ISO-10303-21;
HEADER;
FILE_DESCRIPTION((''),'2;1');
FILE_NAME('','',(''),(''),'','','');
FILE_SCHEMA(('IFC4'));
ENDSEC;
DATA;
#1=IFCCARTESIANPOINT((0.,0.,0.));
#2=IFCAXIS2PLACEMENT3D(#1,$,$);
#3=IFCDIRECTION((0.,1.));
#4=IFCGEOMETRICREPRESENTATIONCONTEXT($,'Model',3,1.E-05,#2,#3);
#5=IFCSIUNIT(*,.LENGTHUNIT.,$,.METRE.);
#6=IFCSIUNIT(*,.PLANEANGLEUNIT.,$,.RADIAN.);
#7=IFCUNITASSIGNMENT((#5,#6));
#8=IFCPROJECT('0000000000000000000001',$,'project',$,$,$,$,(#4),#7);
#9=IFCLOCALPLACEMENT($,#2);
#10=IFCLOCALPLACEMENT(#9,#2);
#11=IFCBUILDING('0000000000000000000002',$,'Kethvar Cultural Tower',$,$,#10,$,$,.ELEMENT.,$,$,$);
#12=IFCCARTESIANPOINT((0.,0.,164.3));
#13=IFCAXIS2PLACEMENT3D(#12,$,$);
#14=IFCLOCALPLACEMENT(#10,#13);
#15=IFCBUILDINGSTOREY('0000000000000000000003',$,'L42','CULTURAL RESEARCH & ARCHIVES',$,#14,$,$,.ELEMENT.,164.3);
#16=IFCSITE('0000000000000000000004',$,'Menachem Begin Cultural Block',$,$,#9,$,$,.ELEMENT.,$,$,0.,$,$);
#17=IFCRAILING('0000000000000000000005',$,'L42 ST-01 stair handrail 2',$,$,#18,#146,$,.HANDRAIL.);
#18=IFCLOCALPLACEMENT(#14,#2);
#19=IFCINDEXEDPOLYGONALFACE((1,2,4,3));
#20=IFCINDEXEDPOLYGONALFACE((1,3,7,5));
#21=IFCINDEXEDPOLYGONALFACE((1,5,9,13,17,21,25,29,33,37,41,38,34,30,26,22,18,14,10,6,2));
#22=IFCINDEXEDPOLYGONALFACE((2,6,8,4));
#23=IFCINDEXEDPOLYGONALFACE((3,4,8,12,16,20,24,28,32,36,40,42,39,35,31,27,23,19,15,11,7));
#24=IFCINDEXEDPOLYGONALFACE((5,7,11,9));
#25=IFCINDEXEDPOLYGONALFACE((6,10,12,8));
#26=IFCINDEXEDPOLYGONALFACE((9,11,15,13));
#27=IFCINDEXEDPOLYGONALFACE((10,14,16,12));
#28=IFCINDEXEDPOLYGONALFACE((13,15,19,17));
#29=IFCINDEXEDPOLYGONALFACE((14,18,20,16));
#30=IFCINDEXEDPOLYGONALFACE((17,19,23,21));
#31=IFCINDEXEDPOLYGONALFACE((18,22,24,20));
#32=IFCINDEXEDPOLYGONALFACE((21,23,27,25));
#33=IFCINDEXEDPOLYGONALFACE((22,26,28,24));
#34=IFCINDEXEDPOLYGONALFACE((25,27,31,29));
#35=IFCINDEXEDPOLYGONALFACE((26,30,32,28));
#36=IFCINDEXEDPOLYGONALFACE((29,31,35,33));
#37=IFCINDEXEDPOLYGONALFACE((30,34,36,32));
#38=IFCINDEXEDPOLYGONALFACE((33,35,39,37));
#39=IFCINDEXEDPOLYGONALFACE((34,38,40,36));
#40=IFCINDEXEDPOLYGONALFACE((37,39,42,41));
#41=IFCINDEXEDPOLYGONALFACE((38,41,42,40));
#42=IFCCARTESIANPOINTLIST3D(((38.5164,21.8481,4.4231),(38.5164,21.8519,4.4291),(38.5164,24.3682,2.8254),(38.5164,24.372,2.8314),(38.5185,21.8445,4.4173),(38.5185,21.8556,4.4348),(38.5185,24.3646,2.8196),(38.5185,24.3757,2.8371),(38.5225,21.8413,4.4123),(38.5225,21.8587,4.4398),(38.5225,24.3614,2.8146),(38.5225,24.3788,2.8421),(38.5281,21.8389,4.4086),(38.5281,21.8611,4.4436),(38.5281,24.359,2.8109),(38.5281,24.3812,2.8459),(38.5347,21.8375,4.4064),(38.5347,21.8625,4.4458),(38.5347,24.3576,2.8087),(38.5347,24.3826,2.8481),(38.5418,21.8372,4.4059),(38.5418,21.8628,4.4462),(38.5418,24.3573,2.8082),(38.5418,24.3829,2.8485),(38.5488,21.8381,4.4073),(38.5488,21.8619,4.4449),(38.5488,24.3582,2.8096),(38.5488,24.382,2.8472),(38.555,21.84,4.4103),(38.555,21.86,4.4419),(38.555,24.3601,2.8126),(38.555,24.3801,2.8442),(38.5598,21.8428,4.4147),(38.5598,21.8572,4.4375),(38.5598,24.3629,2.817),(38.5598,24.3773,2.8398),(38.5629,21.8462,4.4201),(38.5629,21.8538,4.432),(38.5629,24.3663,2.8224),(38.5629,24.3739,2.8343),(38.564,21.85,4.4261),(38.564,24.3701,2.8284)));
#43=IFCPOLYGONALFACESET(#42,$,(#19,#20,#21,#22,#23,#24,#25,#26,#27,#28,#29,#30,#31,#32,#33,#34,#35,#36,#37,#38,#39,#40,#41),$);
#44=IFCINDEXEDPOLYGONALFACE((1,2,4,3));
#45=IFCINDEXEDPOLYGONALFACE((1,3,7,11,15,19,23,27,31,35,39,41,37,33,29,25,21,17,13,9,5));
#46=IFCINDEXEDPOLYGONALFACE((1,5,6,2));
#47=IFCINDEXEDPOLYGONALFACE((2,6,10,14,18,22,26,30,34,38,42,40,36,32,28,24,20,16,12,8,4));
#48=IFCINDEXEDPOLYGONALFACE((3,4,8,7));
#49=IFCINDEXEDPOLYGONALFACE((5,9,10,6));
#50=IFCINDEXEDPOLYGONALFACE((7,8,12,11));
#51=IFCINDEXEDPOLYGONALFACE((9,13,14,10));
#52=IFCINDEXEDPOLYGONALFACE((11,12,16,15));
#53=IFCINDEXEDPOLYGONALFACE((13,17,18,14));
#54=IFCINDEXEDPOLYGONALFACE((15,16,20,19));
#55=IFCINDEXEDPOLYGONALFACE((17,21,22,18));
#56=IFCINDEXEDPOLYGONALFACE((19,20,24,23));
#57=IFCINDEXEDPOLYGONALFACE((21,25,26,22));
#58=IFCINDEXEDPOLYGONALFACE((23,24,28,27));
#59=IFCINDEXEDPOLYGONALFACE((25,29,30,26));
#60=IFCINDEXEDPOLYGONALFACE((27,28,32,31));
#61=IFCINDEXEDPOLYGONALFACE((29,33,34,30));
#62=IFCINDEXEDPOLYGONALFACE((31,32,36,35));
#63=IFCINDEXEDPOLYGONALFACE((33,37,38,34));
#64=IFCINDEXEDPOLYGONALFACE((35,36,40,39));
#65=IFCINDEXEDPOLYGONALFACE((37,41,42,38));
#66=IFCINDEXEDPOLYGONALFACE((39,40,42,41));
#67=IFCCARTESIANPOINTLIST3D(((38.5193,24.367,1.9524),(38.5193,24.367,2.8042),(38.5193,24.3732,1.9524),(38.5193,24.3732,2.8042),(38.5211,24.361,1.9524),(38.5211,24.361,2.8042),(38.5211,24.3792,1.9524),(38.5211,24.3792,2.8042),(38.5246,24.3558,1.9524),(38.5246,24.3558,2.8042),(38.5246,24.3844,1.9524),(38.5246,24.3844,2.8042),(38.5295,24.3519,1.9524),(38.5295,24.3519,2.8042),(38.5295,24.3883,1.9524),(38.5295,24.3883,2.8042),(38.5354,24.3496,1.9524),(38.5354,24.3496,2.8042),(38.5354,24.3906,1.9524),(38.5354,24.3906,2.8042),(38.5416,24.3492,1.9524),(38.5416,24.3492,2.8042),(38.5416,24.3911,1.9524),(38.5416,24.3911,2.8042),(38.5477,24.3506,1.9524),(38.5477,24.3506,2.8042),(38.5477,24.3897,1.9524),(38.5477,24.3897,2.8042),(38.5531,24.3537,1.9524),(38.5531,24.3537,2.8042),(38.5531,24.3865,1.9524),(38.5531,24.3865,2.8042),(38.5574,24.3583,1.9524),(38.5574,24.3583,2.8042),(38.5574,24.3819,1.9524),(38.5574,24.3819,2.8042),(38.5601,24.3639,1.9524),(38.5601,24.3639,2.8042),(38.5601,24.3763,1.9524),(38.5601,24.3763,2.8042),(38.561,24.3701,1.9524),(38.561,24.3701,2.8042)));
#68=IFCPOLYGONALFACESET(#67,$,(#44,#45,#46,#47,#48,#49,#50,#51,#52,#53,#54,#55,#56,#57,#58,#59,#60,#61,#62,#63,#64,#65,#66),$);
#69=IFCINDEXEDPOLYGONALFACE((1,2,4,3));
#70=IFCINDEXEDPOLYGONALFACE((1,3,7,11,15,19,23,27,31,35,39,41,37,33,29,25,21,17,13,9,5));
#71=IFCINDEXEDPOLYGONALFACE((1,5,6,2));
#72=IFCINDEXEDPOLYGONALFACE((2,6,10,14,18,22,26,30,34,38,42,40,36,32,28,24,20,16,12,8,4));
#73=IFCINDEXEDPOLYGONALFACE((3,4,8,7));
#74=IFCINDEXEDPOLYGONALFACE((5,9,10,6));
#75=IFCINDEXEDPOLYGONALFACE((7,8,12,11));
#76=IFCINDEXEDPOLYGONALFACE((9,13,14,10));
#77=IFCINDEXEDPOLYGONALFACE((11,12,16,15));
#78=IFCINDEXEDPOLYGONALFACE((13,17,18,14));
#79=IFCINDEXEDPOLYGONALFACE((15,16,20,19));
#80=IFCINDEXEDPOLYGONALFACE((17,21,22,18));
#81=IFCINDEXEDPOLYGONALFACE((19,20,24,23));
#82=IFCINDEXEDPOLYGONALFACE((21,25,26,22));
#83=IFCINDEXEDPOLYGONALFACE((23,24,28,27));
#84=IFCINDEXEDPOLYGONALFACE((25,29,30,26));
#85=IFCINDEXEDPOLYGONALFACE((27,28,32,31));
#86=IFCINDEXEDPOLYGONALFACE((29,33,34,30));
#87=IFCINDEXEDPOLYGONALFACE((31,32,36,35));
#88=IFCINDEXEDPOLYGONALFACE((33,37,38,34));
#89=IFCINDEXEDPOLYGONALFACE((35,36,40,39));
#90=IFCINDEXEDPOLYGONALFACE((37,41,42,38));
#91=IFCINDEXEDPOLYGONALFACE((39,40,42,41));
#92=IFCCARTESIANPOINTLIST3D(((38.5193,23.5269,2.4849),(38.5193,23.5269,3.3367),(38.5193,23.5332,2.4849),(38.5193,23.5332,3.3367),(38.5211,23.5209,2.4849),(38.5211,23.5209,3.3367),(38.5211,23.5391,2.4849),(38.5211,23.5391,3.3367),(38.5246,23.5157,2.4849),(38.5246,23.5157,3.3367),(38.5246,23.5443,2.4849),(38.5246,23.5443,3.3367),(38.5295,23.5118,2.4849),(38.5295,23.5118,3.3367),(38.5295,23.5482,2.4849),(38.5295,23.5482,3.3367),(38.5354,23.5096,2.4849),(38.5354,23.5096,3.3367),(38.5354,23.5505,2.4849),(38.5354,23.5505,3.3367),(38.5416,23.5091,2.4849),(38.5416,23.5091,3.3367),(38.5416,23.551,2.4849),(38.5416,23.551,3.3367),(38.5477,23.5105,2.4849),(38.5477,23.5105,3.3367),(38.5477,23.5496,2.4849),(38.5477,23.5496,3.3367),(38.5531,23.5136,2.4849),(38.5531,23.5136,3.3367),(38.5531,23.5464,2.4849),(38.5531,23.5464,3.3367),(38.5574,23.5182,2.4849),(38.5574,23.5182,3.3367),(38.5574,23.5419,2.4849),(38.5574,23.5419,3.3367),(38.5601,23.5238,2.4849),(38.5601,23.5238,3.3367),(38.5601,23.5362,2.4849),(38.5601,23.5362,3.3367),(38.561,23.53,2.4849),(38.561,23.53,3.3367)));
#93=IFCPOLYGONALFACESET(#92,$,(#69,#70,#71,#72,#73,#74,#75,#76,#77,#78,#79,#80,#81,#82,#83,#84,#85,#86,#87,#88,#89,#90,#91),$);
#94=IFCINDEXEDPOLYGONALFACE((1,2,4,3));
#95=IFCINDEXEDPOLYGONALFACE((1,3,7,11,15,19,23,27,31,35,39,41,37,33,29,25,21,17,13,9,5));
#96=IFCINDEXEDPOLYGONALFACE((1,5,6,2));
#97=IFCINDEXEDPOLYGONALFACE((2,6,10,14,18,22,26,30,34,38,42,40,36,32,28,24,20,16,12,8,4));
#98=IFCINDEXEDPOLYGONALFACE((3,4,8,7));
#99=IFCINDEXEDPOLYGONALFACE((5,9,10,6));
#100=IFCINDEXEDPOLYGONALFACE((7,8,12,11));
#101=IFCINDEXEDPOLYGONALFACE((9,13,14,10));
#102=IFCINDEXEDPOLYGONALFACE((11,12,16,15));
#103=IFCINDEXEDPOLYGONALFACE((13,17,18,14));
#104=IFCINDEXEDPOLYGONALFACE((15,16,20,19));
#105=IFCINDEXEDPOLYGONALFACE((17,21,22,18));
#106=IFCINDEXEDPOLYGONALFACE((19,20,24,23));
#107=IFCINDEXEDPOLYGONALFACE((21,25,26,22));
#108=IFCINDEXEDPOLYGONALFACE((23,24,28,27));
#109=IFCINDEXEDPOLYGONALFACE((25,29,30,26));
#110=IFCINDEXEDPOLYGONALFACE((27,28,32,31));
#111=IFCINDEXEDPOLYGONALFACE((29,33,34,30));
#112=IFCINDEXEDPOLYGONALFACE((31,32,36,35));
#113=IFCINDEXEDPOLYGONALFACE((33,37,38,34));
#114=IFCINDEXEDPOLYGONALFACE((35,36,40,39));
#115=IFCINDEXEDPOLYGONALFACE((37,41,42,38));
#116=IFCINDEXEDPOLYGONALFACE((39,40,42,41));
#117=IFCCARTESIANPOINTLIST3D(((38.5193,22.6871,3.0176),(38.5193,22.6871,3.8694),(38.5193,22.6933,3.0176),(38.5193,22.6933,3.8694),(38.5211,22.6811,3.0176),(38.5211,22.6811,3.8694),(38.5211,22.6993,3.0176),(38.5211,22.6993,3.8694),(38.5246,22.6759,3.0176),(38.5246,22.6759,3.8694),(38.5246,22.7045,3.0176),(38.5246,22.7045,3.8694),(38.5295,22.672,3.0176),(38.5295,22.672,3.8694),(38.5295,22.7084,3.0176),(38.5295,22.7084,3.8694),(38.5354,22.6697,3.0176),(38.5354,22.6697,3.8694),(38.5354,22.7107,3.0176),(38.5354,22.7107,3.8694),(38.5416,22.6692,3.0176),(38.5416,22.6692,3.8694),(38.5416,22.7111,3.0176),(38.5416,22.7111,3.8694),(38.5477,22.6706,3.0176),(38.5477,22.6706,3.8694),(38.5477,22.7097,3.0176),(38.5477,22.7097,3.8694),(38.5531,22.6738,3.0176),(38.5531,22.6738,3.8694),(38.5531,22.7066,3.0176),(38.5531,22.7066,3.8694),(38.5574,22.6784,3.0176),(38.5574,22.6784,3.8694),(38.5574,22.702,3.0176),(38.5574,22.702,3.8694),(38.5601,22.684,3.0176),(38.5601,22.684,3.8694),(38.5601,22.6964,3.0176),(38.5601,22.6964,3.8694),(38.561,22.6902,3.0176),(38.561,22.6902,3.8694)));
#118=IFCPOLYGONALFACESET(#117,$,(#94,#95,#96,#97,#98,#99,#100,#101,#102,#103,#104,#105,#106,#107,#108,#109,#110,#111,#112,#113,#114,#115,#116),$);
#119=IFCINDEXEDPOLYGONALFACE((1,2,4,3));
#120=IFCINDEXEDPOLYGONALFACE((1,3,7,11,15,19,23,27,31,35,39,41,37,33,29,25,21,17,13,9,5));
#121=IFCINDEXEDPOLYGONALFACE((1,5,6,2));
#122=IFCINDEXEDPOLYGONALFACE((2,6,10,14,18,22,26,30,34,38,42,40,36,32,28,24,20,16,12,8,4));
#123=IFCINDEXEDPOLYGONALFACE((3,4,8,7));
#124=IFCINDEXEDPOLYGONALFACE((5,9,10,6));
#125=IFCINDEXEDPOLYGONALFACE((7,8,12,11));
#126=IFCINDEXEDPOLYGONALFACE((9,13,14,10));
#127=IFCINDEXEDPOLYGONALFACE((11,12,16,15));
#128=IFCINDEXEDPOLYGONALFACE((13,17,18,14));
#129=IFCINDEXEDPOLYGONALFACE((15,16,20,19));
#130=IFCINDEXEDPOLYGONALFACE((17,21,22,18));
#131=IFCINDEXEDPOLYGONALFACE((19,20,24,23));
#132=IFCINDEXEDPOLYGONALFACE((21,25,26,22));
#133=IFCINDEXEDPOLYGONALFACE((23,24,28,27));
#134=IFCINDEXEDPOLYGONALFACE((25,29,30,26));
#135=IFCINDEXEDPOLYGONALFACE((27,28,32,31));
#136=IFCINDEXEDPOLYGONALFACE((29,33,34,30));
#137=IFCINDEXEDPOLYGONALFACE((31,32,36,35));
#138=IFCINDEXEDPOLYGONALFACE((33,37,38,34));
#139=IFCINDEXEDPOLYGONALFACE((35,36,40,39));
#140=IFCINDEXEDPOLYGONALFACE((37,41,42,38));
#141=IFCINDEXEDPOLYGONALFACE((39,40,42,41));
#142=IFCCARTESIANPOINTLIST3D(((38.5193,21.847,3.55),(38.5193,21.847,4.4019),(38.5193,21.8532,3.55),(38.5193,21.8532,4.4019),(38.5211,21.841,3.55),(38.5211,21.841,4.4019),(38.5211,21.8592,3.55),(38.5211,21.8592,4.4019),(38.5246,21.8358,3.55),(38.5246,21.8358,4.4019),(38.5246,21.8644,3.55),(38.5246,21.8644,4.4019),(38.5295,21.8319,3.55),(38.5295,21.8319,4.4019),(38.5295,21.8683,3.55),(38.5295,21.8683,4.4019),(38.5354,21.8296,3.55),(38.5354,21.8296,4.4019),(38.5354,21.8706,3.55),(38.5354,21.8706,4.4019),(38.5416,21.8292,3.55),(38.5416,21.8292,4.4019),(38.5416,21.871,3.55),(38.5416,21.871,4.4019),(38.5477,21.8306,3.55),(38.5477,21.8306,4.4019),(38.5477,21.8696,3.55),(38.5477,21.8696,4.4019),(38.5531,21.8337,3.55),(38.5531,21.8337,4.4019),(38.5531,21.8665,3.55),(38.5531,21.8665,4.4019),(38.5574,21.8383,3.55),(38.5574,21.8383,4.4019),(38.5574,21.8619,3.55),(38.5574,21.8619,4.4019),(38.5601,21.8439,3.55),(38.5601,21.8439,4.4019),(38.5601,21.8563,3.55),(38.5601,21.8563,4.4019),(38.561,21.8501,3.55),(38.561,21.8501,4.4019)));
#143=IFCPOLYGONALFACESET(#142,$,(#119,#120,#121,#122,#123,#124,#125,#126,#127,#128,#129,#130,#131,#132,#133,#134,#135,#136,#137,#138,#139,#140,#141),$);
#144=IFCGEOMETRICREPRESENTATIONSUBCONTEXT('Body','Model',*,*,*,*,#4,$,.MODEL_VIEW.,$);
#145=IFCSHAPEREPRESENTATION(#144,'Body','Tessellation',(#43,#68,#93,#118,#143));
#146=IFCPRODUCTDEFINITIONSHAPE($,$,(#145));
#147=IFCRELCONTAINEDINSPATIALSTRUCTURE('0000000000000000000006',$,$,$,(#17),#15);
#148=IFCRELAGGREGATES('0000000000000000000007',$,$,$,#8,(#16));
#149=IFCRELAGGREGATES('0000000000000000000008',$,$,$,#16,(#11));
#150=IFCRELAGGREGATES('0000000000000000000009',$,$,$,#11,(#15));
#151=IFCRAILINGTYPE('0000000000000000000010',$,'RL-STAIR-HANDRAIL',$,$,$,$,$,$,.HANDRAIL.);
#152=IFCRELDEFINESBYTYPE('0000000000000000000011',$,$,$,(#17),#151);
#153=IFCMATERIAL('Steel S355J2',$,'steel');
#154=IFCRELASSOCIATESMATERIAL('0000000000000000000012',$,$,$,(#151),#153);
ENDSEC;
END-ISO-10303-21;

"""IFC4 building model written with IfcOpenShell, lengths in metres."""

from ifc_helpers import new_model, si_unit, direction, frame, origin, origin_2d, place, context, subcontext, project, spatial, circle, extrude, material, type_object, element, save


model = new_model("IFC4")

# Units and contexts
model_context = context("Model", 3, precision=1e-05, world=origin(), true_north=direction((0.0, 1.0)))
body_context = subcontext(model_context, "Body", "Model", "MODEL_VIEW")
ifc_project = project(units=[si_unit("LENGTHUNIT", "METRE"), si_unit("PLANEANGLEUNIT", "RADIAN")], contexts=[model_context])

# Site, building, storey
site_placement = place(None, origin())
site = spatial("IfcSite", under=ifc_project, at=site_placement, Name="Menachem Begin Cultural Block", CompositionType="ELEMENT", RefElevation=0.0)
building_placement = place(site_placement, origin())
building = spatial("IfcBuilding", under=site, at=building_placement, Name="Kethvar Cultural Tower", CompositionType="ELEMENT")
storey_placement = place(building_placement, frame((0.0, 0.0, 164.3)))
storey = spatial("IfcBuildingStorey", under=building, at=storey_placement, Name="L42", Description="CULTURAL RESEARCH & ARCHIVES", CompositionType="ELEMENT", Elevation=164.3)

# Shared definitions
ifc_material_1 = material(Name="Steel S355J2", Category="steel")

# Railing
railing_type_1 = type_object("IfcRailingType", Name="RL-STAIR-HANDRAIL", PredefinedType="HANDRAIL", material=ifc_material_1)
railing_1_placement = place(storey_placement, frame((38.54, 24.3701, 1.9524)))
element("IfcRailing", 1, at=railing_1_placement, inside=storey, type_object=railing_type_1, Name="L42 ST-01 stair handrail 2", PredefinedType="HANDRAIL", context=body_context, shape_type="SweptSolid", body=[
    extrude(circle(Radius=0.0239, at=origin_2d()), frame((0.0, 0.0, 0.876), z_axis=(0.0, -0.84457, 0.535445), x_axis=(1.0, 0.0, 0.0)), (0.0, 0.0, 1.0), 2.9839),
    extrude(circle(Radius=0.021, at=origin_2d()), origin(), (0.0, 0.0, 1.0), 0.8518),
    extrude(circle(Radius=0.021, at=origin_2d()), frame((0.0, -0.8401, 0.5325)), (0.0, 0.0, 1.0), 0.8518),
    extrude(circle(Radius=0.021, at=origin_2d()), frame((0.0, -1.6799, 1.0652)), (0.0, 0.0, 1.0), 0.8518),
    extrude(circle(Radius=0.021, at=origin_2d()), frame((0.0, -2.52, 1.5977)), (0.0, 0.0, 1.0), 0.8518),
])

save(model, "model.ifc")
